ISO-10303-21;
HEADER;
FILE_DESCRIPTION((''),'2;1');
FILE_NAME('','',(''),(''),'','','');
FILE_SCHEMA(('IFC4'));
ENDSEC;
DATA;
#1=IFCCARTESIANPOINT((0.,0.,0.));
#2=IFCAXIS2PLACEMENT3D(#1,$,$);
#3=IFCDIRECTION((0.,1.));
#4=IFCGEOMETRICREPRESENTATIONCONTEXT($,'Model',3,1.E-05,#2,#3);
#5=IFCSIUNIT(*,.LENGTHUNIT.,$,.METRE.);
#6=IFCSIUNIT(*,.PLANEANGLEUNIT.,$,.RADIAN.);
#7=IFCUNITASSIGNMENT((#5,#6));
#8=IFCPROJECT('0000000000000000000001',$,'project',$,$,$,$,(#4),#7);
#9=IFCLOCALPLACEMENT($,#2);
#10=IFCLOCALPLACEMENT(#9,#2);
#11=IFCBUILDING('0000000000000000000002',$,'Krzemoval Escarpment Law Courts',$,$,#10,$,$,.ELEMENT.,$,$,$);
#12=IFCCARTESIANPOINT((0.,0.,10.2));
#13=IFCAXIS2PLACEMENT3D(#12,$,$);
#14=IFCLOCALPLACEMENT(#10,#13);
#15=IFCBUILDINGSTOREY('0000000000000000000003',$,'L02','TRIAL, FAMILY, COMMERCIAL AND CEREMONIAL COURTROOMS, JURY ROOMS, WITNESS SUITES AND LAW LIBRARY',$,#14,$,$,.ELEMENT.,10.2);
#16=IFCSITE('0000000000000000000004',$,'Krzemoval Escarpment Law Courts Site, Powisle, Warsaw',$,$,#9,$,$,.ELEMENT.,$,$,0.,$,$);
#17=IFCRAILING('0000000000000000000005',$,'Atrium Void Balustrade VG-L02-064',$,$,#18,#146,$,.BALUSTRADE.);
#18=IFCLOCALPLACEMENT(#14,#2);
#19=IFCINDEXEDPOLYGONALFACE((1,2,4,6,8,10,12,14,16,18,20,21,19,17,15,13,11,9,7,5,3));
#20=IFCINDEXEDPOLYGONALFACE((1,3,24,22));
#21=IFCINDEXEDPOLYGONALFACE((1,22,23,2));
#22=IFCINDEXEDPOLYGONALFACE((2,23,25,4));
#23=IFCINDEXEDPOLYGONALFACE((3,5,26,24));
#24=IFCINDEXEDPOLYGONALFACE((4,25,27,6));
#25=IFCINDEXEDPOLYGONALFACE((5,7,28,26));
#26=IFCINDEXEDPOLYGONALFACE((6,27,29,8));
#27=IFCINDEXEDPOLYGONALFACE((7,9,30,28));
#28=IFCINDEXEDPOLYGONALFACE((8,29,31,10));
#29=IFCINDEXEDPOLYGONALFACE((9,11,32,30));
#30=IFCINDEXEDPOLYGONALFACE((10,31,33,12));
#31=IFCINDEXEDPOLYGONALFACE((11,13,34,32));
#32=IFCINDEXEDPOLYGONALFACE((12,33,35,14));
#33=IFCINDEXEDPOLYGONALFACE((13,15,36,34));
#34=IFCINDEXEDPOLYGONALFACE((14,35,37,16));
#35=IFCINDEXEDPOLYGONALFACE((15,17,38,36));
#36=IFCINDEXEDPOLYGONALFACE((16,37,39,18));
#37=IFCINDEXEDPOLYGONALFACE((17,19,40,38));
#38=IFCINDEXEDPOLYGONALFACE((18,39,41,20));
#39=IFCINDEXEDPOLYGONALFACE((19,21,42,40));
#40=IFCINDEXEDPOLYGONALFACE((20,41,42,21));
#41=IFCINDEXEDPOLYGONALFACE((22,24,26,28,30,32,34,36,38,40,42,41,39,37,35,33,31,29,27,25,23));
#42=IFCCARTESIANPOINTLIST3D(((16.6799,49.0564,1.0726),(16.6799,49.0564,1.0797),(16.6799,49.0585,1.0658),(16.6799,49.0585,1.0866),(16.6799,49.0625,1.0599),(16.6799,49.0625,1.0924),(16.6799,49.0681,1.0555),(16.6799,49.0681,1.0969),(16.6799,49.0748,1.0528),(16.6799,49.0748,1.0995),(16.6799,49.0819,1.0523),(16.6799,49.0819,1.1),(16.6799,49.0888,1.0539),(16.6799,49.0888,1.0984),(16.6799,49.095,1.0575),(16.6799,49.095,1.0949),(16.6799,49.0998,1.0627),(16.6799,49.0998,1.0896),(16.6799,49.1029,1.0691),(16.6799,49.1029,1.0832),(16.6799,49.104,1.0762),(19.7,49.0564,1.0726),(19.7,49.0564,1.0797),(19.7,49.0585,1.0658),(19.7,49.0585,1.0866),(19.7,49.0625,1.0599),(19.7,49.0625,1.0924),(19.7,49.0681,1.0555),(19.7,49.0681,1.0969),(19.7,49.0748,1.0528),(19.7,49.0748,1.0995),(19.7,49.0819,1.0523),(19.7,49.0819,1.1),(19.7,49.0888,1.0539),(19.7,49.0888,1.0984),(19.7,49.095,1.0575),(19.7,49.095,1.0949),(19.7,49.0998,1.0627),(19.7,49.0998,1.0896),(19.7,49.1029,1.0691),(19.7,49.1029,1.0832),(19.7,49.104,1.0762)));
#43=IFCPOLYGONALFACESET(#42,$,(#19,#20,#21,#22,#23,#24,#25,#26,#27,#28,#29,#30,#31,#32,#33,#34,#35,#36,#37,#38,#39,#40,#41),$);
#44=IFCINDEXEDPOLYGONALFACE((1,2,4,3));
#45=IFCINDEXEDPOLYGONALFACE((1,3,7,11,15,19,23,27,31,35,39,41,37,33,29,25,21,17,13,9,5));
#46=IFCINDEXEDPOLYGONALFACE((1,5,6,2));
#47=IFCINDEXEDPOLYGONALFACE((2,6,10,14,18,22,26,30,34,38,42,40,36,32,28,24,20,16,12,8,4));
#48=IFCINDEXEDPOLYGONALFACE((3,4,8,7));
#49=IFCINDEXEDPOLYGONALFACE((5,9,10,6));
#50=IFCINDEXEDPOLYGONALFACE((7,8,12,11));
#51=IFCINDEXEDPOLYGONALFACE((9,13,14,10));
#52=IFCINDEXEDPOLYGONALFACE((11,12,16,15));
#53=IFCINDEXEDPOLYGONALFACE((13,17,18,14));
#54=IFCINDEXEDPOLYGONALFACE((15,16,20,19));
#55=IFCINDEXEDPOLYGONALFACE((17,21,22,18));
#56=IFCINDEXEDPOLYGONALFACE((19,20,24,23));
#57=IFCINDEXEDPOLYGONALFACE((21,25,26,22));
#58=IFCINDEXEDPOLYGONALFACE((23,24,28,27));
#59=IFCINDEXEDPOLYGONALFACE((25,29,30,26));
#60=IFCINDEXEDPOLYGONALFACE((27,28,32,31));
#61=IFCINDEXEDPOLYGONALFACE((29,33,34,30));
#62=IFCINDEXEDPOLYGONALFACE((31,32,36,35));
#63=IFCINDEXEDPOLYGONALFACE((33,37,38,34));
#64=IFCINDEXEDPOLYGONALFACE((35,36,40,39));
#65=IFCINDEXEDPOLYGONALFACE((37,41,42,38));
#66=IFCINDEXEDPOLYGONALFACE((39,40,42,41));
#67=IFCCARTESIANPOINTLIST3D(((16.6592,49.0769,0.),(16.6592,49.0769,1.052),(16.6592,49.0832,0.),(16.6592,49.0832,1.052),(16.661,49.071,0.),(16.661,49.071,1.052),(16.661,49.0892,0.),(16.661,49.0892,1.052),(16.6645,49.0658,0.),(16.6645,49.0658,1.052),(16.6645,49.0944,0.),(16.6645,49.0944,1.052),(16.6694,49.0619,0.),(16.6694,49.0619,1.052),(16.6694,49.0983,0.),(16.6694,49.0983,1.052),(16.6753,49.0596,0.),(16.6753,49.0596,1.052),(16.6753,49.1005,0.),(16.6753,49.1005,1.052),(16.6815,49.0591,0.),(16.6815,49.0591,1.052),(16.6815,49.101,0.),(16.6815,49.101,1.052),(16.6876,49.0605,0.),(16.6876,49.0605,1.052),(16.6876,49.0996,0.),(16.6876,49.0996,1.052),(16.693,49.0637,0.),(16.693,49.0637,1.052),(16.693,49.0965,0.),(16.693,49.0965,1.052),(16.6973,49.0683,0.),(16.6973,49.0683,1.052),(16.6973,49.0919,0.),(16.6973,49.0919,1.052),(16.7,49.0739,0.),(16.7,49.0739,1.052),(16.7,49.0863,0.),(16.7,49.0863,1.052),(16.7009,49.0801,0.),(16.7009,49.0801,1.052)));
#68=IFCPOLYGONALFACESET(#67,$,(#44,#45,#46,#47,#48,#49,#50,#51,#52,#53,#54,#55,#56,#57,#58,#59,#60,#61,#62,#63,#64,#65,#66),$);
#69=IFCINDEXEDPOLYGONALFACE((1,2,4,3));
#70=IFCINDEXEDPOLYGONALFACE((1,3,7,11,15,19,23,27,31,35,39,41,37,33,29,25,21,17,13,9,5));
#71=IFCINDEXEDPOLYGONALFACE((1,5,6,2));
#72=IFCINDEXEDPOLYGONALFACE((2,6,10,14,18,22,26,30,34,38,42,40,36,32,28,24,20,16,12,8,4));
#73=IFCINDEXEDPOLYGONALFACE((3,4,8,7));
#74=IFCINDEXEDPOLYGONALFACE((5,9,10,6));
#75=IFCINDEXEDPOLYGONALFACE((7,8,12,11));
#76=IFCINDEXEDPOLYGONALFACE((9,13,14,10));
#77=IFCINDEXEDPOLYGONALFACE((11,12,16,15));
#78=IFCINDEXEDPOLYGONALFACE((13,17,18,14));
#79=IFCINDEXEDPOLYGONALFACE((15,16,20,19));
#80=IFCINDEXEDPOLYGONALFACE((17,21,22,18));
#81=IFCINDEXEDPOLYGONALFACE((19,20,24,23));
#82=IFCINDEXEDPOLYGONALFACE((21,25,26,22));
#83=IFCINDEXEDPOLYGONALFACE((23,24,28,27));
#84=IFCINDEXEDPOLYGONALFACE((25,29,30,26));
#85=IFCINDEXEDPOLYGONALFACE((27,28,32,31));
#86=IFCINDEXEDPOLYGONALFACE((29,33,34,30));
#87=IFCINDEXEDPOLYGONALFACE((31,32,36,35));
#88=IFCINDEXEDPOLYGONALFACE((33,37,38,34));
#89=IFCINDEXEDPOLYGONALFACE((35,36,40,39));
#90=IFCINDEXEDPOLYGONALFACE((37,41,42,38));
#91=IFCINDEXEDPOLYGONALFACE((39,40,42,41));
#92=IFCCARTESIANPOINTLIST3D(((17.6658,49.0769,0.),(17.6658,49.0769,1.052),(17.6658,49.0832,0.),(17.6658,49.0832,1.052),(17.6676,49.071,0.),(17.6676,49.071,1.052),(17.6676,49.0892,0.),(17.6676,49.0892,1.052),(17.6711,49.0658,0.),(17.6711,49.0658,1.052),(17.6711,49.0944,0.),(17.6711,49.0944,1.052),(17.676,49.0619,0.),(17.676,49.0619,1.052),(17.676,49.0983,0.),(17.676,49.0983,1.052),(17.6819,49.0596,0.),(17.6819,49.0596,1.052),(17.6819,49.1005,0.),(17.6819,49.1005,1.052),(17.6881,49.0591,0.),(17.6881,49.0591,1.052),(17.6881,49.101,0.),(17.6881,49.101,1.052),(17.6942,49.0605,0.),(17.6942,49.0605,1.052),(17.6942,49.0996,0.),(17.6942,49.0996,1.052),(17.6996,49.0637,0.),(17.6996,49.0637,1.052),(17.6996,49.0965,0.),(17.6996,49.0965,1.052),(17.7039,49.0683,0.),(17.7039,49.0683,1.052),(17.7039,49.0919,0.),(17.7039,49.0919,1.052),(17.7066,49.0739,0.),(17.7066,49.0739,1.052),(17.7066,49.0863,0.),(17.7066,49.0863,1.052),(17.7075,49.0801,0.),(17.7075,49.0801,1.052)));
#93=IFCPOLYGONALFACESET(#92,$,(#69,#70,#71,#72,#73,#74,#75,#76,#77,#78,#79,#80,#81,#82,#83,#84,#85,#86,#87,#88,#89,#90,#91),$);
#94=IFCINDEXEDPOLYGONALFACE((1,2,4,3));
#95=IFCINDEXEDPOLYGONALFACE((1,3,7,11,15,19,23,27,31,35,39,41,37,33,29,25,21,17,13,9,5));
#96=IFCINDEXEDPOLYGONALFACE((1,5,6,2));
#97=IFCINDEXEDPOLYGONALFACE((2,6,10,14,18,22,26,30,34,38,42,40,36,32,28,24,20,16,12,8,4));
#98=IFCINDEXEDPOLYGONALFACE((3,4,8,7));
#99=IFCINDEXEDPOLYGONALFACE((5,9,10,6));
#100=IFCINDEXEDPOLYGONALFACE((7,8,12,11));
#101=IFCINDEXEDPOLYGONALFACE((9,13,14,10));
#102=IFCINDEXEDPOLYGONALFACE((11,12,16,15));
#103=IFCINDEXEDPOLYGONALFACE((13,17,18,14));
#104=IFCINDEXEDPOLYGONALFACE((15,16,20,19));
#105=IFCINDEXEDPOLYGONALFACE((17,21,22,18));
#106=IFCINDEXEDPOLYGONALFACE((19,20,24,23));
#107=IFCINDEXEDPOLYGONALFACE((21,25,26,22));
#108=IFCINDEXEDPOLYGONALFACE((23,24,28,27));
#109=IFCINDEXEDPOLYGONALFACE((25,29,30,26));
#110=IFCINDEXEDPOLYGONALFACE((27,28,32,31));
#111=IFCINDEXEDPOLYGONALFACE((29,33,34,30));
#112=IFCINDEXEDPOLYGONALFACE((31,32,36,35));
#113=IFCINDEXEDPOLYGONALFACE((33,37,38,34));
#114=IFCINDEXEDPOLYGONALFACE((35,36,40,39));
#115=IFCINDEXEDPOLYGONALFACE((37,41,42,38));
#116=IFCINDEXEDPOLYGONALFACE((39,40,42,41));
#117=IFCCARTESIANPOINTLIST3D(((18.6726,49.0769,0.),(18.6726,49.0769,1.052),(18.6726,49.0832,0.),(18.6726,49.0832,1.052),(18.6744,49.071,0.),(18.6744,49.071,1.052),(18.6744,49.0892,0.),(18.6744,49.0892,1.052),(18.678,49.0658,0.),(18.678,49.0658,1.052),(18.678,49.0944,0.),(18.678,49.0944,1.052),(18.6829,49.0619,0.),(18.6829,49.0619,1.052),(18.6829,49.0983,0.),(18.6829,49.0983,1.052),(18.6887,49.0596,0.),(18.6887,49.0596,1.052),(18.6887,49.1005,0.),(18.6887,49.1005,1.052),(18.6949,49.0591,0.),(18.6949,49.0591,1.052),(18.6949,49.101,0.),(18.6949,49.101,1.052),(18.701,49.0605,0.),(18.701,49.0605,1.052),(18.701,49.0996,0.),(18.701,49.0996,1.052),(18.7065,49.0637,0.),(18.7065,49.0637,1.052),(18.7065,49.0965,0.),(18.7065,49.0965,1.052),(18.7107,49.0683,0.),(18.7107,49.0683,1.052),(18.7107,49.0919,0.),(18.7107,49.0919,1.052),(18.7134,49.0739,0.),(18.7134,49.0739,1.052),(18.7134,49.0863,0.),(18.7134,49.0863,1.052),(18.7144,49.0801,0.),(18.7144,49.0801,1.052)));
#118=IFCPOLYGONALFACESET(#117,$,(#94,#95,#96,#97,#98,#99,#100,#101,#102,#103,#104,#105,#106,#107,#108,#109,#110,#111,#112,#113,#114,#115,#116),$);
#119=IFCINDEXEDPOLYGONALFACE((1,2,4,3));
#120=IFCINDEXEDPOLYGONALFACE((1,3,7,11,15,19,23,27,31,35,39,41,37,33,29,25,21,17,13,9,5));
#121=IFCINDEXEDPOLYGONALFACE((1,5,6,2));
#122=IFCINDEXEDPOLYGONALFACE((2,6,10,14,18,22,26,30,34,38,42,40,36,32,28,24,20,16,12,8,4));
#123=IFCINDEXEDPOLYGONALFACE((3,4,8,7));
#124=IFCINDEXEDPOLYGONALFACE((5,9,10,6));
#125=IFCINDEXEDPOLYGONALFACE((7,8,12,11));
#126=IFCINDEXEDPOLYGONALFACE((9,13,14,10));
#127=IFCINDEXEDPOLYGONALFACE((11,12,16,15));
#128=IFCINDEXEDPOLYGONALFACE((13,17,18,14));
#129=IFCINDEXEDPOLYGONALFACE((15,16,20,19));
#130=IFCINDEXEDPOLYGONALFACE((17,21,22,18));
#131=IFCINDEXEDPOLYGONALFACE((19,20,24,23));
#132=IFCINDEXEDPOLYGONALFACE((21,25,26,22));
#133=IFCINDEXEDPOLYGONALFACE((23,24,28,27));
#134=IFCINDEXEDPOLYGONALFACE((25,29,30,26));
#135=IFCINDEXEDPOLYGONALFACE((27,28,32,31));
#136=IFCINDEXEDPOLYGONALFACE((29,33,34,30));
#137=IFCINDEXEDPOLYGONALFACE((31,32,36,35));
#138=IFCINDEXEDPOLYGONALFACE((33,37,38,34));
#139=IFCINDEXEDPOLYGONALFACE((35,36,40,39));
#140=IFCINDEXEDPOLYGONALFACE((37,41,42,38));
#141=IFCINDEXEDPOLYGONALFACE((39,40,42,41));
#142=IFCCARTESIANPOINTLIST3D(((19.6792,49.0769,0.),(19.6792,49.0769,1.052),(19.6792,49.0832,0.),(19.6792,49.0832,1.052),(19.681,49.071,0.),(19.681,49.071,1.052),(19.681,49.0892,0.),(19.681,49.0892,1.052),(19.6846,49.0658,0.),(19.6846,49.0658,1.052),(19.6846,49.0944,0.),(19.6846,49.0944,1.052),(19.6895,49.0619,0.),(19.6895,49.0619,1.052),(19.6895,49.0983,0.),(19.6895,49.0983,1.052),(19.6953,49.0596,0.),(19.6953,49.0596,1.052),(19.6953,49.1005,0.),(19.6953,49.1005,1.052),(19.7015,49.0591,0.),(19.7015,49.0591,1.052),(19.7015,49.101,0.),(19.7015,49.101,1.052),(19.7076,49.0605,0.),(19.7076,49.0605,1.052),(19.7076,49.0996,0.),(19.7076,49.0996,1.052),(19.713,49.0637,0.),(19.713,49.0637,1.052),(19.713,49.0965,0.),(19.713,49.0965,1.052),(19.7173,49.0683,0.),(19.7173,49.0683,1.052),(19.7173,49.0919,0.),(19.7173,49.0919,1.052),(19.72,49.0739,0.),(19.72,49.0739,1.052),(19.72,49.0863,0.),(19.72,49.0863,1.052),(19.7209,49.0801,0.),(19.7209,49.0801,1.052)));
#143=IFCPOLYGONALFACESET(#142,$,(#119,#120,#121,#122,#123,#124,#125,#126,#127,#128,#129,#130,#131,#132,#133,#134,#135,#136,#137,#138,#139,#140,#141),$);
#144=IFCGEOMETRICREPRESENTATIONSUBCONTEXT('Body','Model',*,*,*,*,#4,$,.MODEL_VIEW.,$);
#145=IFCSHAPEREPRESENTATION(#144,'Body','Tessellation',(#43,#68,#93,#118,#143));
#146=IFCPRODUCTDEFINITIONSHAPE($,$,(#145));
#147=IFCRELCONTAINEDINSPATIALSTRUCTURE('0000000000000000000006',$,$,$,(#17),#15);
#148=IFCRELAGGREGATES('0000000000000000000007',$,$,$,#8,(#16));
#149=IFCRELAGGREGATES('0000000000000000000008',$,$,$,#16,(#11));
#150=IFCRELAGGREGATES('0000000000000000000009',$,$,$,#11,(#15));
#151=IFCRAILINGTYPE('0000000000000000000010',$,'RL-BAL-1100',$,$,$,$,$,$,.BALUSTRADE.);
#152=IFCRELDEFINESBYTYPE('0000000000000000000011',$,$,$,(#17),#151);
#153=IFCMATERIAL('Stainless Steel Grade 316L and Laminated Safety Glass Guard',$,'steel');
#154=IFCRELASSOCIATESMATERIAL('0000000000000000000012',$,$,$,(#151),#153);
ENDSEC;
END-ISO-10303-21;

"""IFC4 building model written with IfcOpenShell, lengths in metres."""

from ifc_helpers import new_model, si_unit, direction, frame, origin, origin_2d, place, context, subcontext, project, spatial, circle, extrude, material, type_object, element, save


model = new_model("IFC4")

# Units and contexts
model_context = context("Model", 3, precision=1e-05, world=origin(), true_north=direction((0.0, 1.0)))
body_context = subcontext(model_context, "Body", "Model", "MODEL_VIEW")
ifc_project = project(units=[si_unit("LENGTHUNIT", "METRE"), si_unit("PLANEANGLEUNIT", "RADIAN")], contexts=[model_context])

# Site, building, storey
site_placement = place(None, origin())
site = spatial("IfcSite", under=ifc_project, at=site_placement, Name="Krzemoval Escarpment Law Courts Site, Powisle, Warsaw", CompositionType="ELEMENT", RefElevation=0.0)
building_placement = place(site_placement, origin())
building = spatial("IfcBuilding", under=site, at=building_placement, Name="Krzemoval Escarpment Law Courts", CompositionType="ELEMENT")
storey_placement = place(building_placement, frame((0.0, 0.0, 10.2)))
storey = spatial("IfcBuildingStorey", under=building, at=storey_placement, Name="L02", Description="TRIAL, FAMILY, COMMERCIAL AND CEREMONIAL COURTROOMS, JURY ROOMS, WITNESS SUITES AND LAW LIBRARY", CompositionType="ELEMENT", Elevation=10.2)

# Railing
ifc_material_1 = material(Name="Stainless Steel Grade 316L and Laminated Safety Glass Guard", Category="steel")
railing_type_1 = type_object("IfcRailingType", Name="RL-BAL-1100", PredefinedType="BALUSTRADE", material=ifc_material_1)
railing_1_placement = place(storey_placement, frame((16.6799, 49.0801, 0.0)))
element("IfcRailing", 1, at=railing_1_placement, inside=storey, type_object=railing_type_1, Name="Atrium Void Balustrade VG-L02-064", PredefinedType="BALUSTRADE", context=body_context, shape_type="SweptSolid", body=[
    extrude(circle(Radius=0.0239, at=origin_2d()), frame((0.0, 0.0, 1.0762), z_axis=(1.0, 0.0, 0.0), x_axis=(0.0, 1.0, 0.0)), (0.0, 0.0, 1.0), 3.02),
    extrude(circle(Radius=0.021, at=origin_2d()), origin(), (0.0, 0.0, 1.0), 1.052),
    extrude(circle(Radius=0.021, at=origin_2d()), frame((1.0066, 0.0, 0.0)), (0.0, 0.0, 1.0), 1.052),
    extrude(circle(Radius=0.021, at=origin_2d()), frame((2.0134, 0.0, 0.0)), (0.0, 0.0, 1.0), 1.052),
    extrude(circle(Radius=0.021, at=origin_2d()), frame((3.02, 0.0, 0.0)), (0.0, 0.0, 1.0), 1.052),
])

save(model, "model.ifc")
